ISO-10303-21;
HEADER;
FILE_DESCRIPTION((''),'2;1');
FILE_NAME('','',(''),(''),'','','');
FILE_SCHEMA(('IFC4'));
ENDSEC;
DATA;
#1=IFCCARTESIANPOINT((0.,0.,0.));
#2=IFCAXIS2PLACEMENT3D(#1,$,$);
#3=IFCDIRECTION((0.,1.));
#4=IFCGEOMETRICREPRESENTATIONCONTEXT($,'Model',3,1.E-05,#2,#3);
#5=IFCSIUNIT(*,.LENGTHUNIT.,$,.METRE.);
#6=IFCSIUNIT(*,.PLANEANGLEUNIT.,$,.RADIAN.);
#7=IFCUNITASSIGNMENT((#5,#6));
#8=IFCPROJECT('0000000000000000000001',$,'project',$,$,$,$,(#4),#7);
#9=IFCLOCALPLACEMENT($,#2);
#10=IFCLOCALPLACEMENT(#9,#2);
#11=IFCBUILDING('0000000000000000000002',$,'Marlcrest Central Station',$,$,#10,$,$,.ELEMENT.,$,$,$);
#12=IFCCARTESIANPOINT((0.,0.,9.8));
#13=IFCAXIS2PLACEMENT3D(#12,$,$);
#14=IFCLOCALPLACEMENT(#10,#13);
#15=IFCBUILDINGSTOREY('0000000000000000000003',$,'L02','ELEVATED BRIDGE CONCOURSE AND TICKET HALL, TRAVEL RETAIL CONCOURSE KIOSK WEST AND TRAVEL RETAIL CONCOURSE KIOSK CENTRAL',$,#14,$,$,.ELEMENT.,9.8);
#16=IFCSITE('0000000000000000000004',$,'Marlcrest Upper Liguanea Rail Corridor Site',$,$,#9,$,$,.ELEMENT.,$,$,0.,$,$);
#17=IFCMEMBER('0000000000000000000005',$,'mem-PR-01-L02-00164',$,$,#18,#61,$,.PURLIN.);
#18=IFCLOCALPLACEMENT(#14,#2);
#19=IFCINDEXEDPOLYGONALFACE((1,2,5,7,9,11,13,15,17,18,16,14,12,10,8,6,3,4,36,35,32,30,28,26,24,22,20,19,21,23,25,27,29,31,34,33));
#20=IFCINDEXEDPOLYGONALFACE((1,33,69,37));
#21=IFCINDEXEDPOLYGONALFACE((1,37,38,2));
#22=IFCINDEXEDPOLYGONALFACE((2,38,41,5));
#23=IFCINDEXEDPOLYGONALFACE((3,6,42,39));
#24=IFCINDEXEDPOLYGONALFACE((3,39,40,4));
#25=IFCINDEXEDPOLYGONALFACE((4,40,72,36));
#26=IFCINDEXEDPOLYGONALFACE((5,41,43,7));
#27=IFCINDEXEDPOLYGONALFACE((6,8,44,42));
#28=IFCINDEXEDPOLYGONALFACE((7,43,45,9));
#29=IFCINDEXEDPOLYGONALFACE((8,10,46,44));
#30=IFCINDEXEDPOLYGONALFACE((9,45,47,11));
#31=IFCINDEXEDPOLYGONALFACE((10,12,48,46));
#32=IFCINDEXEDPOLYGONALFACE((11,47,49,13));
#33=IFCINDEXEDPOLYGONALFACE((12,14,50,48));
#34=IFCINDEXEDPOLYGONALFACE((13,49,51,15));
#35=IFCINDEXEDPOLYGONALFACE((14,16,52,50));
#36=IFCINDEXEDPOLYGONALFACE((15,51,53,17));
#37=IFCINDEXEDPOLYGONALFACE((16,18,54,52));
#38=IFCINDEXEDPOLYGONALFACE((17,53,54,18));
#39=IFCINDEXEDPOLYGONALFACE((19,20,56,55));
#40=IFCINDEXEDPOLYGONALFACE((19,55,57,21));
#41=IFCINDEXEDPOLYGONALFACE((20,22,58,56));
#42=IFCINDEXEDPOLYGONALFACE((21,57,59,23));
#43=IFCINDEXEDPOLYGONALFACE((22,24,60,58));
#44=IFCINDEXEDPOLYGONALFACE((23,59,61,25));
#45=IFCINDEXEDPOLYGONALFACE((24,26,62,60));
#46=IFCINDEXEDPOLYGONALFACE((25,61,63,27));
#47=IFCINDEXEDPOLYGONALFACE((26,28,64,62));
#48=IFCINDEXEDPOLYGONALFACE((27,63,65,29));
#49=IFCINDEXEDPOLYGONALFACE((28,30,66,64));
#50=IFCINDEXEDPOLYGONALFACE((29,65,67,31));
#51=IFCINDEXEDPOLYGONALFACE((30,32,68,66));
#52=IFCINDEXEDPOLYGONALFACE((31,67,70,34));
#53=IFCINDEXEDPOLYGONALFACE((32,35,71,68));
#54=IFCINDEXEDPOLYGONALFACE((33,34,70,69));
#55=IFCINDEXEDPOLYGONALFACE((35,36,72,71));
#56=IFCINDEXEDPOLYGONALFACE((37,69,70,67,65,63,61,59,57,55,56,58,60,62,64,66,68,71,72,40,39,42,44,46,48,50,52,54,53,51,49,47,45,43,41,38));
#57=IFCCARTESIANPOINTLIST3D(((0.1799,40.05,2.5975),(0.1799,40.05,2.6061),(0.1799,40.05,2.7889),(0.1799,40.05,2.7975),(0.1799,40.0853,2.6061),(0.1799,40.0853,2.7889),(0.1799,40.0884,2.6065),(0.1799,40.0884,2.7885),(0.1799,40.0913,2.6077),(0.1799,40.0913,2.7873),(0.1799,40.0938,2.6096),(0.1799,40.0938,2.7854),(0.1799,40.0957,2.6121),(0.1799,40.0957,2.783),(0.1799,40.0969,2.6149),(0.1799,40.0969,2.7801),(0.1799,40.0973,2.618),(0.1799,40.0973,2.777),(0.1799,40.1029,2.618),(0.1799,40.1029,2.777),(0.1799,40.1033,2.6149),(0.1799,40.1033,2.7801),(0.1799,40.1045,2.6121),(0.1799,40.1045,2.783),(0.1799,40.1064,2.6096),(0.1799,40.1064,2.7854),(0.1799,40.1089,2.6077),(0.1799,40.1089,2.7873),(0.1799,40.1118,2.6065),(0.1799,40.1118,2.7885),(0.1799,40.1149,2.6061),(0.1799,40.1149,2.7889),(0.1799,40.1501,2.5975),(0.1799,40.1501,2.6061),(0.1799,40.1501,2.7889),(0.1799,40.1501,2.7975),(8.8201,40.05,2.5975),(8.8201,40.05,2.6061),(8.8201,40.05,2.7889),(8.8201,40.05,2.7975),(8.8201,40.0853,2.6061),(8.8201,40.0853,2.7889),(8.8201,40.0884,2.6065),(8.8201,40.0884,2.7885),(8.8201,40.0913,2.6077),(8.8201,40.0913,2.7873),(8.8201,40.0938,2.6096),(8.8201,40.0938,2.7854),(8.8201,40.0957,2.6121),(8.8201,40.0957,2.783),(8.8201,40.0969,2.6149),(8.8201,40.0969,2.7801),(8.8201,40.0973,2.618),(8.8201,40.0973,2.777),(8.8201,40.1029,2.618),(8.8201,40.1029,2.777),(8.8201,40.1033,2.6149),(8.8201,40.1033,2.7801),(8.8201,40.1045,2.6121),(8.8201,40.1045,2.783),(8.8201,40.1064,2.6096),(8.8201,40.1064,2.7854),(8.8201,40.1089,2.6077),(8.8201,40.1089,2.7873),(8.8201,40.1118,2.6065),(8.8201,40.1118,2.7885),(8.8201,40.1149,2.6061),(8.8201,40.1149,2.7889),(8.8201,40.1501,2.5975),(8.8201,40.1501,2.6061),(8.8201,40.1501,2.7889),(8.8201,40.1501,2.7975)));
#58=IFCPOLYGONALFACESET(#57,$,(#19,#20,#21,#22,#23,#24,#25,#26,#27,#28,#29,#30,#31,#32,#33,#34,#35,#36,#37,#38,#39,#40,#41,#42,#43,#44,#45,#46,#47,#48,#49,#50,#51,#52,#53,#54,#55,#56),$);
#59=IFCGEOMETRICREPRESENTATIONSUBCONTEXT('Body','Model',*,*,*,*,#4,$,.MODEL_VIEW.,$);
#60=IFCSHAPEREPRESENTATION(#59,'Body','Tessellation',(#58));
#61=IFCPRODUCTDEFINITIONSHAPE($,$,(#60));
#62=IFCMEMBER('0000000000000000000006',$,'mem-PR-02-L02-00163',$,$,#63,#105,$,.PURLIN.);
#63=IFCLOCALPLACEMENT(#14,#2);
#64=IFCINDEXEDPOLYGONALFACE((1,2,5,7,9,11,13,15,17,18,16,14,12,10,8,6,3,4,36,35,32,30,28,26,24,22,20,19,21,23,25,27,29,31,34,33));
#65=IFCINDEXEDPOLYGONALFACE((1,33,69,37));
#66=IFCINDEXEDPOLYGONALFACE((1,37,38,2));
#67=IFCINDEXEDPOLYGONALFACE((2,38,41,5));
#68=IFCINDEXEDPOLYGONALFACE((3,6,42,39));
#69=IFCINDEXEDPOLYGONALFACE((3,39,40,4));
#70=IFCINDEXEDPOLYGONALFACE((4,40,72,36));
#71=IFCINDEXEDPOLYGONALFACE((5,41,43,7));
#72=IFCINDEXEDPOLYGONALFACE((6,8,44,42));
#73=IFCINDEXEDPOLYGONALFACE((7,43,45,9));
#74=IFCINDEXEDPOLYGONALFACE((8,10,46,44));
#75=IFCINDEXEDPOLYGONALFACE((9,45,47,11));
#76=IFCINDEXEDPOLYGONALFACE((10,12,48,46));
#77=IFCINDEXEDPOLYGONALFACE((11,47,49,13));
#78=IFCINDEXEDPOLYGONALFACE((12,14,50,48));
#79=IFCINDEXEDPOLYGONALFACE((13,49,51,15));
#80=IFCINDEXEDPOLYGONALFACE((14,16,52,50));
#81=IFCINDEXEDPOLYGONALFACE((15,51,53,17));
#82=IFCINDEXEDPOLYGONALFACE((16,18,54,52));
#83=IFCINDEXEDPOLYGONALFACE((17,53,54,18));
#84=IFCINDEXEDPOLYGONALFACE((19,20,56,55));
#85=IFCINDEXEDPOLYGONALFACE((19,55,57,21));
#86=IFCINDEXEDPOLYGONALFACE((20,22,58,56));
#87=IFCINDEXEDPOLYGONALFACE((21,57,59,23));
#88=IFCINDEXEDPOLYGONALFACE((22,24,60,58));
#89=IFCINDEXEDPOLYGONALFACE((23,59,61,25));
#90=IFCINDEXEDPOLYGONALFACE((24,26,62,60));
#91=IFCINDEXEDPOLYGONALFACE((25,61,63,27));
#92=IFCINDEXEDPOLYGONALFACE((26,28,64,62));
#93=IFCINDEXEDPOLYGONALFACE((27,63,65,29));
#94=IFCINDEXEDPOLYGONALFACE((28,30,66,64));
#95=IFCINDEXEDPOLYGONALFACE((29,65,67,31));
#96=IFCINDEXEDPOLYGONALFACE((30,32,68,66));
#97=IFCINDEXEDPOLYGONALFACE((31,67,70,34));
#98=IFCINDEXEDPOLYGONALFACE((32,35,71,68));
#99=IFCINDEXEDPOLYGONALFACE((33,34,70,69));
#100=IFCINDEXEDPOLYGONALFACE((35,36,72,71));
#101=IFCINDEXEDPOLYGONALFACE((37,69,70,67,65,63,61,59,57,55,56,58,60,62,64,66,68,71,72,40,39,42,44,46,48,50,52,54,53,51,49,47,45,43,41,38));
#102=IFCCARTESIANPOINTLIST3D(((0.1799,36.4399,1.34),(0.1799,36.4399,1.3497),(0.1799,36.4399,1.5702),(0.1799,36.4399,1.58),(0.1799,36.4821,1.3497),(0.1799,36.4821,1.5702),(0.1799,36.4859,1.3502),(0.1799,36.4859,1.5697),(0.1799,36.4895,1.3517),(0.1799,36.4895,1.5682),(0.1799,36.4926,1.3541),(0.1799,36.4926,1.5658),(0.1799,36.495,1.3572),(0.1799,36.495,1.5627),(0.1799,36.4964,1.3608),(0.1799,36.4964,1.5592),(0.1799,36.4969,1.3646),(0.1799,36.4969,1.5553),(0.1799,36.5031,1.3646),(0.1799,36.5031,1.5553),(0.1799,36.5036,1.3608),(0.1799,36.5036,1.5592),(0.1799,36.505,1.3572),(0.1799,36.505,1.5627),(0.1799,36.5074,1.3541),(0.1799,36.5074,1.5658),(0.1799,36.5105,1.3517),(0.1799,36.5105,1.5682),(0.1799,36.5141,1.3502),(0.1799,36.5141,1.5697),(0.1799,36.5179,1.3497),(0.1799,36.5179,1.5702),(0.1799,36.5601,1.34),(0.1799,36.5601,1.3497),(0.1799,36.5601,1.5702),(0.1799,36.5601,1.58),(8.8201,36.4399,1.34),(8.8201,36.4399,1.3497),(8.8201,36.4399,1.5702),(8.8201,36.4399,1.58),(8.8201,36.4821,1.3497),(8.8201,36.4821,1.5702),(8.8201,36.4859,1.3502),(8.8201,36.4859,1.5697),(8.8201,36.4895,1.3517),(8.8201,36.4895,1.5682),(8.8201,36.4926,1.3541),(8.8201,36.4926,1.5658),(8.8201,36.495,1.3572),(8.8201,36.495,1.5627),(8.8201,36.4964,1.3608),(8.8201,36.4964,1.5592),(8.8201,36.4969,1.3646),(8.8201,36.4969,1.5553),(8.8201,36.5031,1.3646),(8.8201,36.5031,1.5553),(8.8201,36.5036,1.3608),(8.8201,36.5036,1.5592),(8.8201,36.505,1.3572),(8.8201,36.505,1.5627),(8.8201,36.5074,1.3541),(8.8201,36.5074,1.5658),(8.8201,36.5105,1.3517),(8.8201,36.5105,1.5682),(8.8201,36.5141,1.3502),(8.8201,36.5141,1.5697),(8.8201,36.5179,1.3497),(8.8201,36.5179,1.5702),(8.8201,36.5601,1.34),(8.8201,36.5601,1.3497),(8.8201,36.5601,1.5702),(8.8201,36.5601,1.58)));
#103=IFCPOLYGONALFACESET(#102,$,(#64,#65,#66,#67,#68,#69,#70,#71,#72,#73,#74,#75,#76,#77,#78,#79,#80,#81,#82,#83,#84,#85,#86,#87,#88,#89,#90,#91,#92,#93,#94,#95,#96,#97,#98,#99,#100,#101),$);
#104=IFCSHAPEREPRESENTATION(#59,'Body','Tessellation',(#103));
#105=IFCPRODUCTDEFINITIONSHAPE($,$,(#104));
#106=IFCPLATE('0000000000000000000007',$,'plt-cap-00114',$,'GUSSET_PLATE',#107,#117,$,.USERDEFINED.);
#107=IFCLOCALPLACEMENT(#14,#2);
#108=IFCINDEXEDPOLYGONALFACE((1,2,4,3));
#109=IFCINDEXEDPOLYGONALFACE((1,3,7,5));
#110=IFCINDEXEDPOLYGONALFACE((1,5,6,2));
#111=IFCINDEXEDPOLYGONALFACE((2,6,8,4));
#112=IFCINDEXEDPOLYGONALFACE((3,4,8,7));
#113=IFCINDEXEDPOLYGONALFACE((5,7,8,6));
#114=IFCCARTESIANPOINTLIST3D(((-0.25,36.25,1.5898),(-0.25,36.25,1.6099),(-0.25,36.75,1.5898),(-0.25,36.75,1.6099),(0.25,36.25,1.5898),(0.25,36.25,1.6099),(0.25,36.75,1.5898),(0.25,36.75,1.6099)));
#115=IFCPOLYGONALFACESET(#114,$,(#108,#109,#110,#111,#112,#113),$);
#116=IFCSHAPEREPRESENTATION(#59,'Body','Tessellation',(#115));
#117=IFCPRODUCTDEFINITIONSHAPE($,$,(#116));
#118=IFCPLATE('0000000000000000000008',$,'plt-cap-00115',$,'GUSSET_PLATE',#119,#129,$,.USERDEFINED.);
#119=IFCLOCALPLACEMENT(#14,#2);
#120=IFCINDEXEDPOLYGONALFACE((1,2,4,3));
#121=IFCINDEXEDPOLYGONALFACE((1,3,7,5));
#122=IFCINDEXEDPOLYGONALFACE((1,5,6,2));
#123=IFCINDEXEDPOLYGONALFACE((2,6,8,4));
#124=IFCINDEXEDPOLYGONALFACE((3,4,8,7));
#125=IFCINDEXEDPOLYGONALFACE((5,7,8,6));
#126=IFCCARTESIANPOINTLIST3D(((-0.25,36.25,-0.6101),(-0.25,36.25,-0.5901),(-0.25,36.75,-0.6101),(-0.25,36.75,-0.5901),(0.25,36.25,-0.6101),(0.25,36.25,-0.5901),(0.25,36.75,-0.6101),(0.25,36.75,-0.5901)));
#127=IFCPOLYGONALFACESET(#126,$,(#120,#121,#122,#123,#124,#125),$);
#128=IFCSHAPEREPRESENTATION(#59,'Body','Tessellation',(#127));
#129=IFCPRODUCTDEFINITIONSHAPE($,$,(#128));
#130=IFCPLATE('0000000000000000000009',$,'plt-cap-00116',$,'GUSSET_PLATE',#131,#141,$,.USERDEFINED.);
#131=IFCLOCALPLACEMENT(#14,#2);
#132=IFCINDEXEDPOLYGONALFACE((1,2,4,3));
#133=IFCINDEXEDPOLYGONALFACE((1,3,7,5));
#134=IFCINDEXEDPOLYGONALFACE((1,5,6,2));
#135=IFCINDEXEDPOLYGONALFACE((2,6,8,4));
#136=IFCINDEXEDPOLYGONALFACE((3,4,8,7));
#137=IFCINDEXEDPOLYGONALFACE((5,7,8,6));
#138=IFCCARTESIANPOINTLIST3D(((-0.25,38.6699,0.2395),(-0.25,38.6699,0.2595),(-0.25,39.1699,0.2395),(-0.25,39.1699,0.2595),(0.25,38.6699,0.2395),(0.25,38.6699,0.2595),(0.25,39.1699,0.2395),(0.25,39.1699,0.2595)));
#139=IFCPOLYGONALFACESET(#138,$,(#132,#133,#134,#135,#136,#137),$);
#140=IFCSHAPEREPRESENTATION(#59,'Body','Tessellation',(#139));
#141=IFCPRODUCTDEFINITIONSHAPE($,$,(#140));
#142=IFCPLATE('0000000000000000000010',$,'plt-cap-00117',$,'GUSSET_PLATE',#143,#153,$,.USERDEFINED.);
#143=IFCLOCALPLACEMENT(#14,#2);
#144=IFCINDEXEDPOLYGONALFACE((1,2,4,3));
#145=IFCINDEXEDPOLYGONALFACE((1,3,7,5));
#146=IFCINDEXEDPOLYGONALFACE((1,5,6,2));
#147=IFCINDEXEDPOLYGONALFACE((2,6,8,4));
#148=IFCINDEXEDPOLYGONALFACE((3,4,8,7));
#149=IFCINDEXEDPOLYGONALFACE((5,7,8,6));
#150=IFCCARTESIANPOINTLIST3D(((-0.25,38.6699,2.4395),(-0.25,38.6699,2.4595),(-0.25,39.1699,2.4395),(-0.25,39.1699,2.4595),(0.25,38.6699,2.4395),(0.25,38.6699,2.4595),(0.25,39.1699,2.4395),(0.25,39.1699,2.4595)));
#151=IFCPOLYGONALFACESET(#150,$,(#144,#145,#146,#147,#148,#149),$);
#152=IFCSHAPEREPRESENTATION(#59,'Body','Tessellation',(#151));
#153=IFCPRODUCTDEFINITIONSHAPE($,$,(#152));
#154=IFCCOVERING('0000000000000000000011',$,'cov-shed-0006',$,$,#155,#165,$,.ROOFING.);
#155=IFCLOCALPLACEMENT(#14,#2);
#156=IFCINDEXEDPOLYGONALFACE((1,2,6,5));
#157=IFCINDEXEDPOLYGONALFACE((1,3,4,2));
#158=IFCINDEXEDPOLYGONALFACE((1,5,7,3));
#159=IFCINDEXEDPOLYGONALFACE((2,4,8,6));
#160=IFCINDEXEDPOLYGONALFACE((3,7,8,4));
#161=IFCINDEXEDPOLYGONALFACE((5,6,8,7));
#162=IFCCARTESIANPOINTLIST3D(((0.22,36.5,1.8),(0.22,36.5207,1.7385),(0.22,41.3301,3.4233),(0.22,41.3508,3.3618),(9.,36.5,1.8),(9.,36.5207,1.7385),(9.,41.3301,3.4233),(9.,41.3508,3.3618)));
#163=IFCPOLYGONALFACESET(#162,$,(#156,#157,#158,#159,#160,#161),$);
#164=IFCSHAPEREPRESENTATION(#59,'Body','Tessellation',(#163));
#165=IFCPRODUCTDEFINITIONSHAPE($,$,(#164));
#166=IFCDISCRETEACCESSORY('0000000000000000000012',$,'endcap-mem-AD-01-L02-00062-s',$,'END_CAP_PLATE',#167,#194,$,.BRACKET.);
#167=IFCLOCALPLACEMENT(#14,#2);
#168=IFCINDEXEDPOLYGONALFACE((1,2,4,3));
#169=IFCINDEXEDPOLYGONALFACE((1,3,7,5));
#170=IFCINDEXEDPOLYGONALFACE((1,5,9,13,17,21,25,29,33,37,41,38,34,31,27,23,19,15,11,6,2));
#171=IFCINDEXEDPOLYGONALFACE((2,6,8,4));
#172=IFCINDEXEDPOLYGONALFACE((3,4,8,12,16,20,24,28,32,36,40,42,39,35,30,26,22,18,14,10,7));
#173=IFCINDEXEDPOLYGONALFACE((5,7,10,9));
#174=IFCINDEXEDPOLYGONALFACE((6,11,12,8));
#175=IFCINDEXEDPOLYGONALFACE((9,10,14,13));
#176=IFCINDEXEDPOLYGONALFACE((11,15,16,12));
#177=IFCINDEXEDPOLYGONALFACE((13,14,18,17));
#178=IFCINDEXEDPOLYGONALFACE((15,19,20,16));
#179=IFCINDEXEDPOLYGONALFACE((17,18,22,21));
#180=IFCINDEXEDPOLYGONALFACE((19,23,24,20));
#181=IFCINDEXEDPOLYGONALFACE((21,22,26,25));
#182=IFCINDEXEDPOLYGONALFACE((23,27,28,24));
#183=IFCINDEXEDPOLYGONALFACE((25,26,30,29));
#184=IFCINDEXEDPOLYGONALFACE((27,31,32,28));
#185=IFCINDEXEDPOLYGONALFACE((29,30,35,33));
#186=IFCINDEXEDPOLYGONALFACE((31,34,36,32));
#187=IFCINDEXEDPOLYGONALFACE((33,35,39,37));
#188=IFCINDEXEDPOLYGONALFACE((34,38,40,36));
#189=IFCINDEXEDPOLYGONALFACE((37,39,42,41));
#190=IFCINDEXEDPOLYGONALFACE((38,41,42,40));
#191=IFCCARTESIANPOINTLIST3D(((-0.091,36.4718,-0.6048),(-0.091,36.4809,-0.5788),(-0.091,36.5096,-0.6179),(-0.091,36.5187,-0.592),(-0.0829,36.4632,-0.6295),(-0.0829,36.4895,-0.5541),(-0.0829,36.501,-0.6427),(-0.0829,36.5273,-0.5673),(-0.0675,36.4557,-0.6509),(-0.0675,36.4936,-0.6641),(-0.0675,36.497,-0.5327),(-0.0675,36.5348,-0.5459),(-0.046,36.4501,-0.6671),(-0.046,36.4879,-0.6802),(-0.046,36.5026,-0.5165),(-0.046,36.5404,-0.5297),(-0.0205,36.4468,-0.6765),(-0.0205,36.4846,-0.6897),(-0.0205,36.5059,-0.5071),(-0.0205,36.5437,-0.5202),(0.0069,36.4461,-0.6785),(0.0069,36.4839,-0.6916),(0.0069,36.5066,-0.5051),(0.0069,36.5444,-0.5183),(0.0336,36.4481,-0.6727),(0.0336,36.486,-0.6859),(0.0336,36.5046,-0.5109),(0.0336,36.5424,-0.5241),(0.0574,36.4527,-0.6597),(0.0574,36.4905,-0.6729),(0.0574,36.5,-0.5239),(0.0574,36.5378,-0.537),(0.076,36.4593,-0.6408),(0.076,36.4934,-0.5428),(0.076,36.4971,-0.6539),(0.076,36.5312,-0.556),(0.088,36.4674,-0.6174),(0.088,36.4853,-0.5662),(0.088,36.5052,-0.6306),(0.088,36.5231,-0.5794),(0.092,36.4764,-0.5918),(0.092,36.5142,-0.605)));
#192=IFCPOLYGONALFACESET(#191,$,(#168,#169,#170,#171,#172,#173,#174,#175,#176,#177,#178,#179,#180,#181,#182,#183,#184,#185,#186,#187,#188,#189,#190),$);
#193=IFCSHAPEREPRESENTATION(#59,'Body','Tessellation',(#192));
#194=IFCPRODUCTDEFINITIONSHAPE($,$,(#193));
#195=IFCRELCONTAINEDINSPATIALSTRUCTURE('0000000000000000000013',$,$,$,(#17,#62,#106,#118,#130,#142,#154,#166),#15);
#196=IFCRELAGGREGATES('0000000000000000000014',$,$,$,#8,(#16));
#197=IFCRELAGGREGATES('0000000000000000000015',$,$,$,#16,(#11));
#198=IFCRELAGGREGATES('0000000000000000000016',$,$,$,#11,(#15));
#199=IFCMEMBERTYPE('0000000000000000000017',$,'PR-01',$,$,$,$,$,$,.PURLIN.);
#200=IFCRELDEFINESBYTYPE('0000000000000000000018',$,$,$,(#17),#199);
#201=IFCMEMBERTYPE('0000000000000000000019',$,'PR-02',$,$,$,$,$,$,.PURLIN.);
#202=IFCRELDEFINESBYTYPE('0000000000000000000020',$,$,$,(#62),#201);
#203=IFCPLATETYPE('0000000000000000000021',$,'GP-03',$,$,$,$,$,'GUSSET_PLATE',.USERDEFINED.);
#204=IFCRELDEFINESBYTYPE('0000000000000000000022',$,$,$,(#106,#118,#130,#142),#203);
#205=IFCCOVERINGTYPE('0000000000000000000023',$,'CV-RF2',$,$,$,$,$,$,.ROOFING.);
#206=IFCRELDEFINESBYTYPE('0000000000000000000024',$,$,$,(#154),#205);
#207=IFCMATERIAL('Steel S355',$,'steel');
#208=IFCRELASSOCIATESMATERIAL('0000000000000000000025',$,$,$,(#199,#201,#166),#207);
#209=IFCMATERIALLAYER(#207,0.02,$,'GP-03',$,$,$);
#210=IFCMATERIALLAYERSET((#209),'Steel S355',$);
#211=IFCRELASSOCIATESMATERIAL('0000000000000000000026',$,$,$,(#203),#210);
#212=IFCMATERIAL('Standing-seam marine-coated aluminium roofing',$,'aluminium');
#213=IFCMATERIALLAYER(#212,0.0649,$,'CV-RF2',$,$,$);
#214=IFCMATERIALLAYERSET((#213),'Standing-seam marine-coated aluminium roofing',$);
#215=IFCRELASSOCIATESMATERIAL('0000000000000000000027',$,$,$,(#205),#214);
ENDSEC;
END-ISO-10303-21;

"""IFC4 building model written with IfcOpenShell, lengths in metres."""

from ifc_helpers import new_model, si_unit, direction, frame, origin, origin_2d, place, context, subcontext, project, spatial, polyline, rectangle, circle, i_section, outline, extrude, material, layer, layer_set, material_profile, profile_set, type_object, element, save


model = new_model("IFC4")

# Units and contexts
model_context = context("Model", 3, precision=1e-05, world=origin(), true_north=direction((0.0, 1.0)))
body_context = subcontext(model_context, "Body", "Model", "MODEL_VIEW")
ifc_project = project(units=[si_unit("LENGTHUNIT", "METRE"), si_unit("PLANEANGLEUNIT", "RADIAN")], contexts=[model_context])

# Site, building, storey
site_placement = place(None, origin())
site = spatial("IfcSite", under=ifc_project, at=site_placement, Name="Marlcrest Upper Liguanea Rail Corridor Site", CompositionType="ELEMENT", RefElevation=0.0)
building_placement = place(site_placement, origin())
building = spatial("IfcBuilding", under=site, at=building_placement, Name="Marlcrest Central Station", CompositionType="ELEMENT")
storey_placement = place(building_placement, frame((0.0, 0.0, 9.8)))
storey = spatial("IfcBuildingStorey", under=building, at=storey_placement, Name="L02", Description="ELEVATED BRIDGE CONCOURSE AND TICKET HALL, TRAVEL RETAIL CONCOURSE KIOSK WEST AND TRAVEL RETAIL CONCOURSE KIOSK CENTRAL", CompositionType="ELEMENT", Elevation=9.8)

# Members
ifc_material_1 = material(Name="Steel S355", Category="steel")
ifc_material_profile_1 = material_profile(ifc_material_1, i_section(OverallWidth=0.1001, OverallDepth=0.2, WebThickness=0.0056, FlangeThickness=0.0085, FilletRadius=0.012, at=origin_2d()), Name="IPE 200")
ifc_profile_set_1 = profile_set([ifc_material_profile_1], Name="Steel S355")
member_type_1 = type_object("IfcMemberType", Name="PR-01", PredefinedType="PURLIN", material=ifc_profile_set_1)
member_1_placement = place(storey_placement, frame((0.1799, 40.1001, 2.6975), z_axis=(1.0, 0.0, 0.0), x_axis=(0.0, 1.0, 0.0)))
element("IfcMember", 1, at=member_1_placement, inside=storey, type_object=member_type_1, Name="mem-PR-01-L02-00164", PredefinedType="PURLIN", context=body_context, shape_type="SweptSolid", body=[
    extrude(i_section(OverallWidth=0.1001, OverallDepth=0.2, WebThickness=0.0056, FlangeThickness=0.0085, FilletRadius=0.012, at=origin_2d()), origin(), (0.0, 0.0, 1.0), 8.6401),
])
ifc_material_profile_2 = material_profile(ifc_material_1, i_section(OverallWidth=0.1201, OverallDepth=0.24, WebThickness=0.0061, FlangeThickness=0.0098, FilletRadius=0.0149, at=origin_2d()), Name="IPE 240")
ifc_profile_set_2 = profile_set([ifc_material_profile_2], Name="Steel S355")
member_type_2 = type_object("IfcMemberType", Name="PR-02", PredefinedType="PURLIN", material=ifc_profile_set_2)
member_2_placement = place(storey_placement, frame((0.1799, 36.5, 1.46), z_axis=(1.0, 0.0, 0.0), x_axis=(0.0, 1.0, 0.0)))
element("IfcMember", 2, at=member_2_placement, inside=storey, type_object=member_type_2, Name="mem-PR-02-L02-00163", PredefinedType="PURLIN", context=body_context, shape_type="SweptSolid", body=[
    extrude(i_section(OverallWidth=0.1201, OverallDepth=0.24, WebThickness=0.0061, FlangeThickness=0.0098, FilletRadius=0.0149, at=origin_2d()), origin(), (0.0, 0.0, 1.0), 8.6401),
])

# Plates
ifc_layer_1 = layer(ifc_material_1, 0.02, Name="GP-03")
ifc_layer_set_1 = layer_set([ifc_layer_1], Name="Steel S355")
plate_type = type_object("IfcPlateType", Name="GP-03", ElementType="GUSSET_PLATE", PredefinedType="USERDEFINED", material=ifc_layer_set_1)
for number, where, z_axis, x_axis, name in (
    (3, (0.0, 36.5, 1.5898), (0.0, 0.0, 1.0), (1.0, 0.0, 0.0), "plt-cap-00114"),
    (4, (0.0, 36.5, -0.6101), (0.0, 0.0, 1.0), (1.0, 0.0, 0.0), "plt-cap-00115"),
    (5, (0.0, 38.9199, 0.2395), (0.0, 0.0, 1.0), (1.0, 0.0, 0.0), "plt-cap-00116"),
    (6, (0.0, 38.9199, 2.4395), (0.0, 0.0, 1.0), (1.0, 0.0, 0.0), "plt-cap-00117"),
):
    element("IfcPlate", number, at=place(storey_placement, frame(where, z_axis=z_axis, x_axis=x_axis)), inside=storey, type_object=plate_type, Name=name, ObjectType="GUSSET_PLATE", PredefinedType="USERDEFINED", context=body_context, shape_type="SweptSolid", body=[
        extrude(rectangle(XDim=0.5, YDim=0.5, at=origin_2d()), origin(), (0.0, 0.0, 1.0), 0.02),
    ])

# Covering
ifc_material_2 = material(Name="Standing-seam marine-coated aluminium roofing", Category="aluminium")
ifc_layer_2 = layer(ifc_material_2, 0.0649, Name="CV-RF2")
ifc_layer_set_2 = layer_set([ifc_layer_2], Name="Standing-seam marine-coated aluminium roofing")
covering_type = type_object("IfcCoveringType", Name="CV-RF2", PredefinedType="ROOFING", material=ifc_layer_set_2)
covering_placement = place(storey_placement, frame((0.22, 36.5, 1.8), z_axis=(0.0, -0.31857, 0.947899), x_axis=(1.0, 0.0, 0.0)))
element("IfcCovering", 7, at=covering_placement, inside=storey, type_object=covering_type, Name="cov-shed-0006", PredefinedType="ROOFING", context=body_context, shape_type="SweptSolid", body=[
    extrude(outline(polyline([(0.0, 0.0), (8.78, 0.0), (8.78, 5.0956), (0.0, 5.0956), (0.0, 0.0)])), origin(), (0.0, 0.0, -1.0), 0.0649),
])

# Discrete accessory
discrete_accessory_1_placement = place(storey_placement, frame((0.0, 36.5142, -0.605), z_axis=(0.0, -0.94426, 0.3292), x_axis=(1.0, 0.0, 0.0)))
element("IfcDiscreteAccessory", 8, at=discrete_accessory_1_placement, inside=storey, material=ifc_material_1, Name="endcap-mem-AD-01-L02-00062-s", ObjectType="END_CAP_PLATE", PredefinedType="BRACKET", context=body_context, shape_type="SweptSolid", body=[
    extrude(circle(Radius=0.092, at=origin_2d()), origin(), (0.0, 0.0, 1.0), 0.04),
])

save(model, "model.ifc")
